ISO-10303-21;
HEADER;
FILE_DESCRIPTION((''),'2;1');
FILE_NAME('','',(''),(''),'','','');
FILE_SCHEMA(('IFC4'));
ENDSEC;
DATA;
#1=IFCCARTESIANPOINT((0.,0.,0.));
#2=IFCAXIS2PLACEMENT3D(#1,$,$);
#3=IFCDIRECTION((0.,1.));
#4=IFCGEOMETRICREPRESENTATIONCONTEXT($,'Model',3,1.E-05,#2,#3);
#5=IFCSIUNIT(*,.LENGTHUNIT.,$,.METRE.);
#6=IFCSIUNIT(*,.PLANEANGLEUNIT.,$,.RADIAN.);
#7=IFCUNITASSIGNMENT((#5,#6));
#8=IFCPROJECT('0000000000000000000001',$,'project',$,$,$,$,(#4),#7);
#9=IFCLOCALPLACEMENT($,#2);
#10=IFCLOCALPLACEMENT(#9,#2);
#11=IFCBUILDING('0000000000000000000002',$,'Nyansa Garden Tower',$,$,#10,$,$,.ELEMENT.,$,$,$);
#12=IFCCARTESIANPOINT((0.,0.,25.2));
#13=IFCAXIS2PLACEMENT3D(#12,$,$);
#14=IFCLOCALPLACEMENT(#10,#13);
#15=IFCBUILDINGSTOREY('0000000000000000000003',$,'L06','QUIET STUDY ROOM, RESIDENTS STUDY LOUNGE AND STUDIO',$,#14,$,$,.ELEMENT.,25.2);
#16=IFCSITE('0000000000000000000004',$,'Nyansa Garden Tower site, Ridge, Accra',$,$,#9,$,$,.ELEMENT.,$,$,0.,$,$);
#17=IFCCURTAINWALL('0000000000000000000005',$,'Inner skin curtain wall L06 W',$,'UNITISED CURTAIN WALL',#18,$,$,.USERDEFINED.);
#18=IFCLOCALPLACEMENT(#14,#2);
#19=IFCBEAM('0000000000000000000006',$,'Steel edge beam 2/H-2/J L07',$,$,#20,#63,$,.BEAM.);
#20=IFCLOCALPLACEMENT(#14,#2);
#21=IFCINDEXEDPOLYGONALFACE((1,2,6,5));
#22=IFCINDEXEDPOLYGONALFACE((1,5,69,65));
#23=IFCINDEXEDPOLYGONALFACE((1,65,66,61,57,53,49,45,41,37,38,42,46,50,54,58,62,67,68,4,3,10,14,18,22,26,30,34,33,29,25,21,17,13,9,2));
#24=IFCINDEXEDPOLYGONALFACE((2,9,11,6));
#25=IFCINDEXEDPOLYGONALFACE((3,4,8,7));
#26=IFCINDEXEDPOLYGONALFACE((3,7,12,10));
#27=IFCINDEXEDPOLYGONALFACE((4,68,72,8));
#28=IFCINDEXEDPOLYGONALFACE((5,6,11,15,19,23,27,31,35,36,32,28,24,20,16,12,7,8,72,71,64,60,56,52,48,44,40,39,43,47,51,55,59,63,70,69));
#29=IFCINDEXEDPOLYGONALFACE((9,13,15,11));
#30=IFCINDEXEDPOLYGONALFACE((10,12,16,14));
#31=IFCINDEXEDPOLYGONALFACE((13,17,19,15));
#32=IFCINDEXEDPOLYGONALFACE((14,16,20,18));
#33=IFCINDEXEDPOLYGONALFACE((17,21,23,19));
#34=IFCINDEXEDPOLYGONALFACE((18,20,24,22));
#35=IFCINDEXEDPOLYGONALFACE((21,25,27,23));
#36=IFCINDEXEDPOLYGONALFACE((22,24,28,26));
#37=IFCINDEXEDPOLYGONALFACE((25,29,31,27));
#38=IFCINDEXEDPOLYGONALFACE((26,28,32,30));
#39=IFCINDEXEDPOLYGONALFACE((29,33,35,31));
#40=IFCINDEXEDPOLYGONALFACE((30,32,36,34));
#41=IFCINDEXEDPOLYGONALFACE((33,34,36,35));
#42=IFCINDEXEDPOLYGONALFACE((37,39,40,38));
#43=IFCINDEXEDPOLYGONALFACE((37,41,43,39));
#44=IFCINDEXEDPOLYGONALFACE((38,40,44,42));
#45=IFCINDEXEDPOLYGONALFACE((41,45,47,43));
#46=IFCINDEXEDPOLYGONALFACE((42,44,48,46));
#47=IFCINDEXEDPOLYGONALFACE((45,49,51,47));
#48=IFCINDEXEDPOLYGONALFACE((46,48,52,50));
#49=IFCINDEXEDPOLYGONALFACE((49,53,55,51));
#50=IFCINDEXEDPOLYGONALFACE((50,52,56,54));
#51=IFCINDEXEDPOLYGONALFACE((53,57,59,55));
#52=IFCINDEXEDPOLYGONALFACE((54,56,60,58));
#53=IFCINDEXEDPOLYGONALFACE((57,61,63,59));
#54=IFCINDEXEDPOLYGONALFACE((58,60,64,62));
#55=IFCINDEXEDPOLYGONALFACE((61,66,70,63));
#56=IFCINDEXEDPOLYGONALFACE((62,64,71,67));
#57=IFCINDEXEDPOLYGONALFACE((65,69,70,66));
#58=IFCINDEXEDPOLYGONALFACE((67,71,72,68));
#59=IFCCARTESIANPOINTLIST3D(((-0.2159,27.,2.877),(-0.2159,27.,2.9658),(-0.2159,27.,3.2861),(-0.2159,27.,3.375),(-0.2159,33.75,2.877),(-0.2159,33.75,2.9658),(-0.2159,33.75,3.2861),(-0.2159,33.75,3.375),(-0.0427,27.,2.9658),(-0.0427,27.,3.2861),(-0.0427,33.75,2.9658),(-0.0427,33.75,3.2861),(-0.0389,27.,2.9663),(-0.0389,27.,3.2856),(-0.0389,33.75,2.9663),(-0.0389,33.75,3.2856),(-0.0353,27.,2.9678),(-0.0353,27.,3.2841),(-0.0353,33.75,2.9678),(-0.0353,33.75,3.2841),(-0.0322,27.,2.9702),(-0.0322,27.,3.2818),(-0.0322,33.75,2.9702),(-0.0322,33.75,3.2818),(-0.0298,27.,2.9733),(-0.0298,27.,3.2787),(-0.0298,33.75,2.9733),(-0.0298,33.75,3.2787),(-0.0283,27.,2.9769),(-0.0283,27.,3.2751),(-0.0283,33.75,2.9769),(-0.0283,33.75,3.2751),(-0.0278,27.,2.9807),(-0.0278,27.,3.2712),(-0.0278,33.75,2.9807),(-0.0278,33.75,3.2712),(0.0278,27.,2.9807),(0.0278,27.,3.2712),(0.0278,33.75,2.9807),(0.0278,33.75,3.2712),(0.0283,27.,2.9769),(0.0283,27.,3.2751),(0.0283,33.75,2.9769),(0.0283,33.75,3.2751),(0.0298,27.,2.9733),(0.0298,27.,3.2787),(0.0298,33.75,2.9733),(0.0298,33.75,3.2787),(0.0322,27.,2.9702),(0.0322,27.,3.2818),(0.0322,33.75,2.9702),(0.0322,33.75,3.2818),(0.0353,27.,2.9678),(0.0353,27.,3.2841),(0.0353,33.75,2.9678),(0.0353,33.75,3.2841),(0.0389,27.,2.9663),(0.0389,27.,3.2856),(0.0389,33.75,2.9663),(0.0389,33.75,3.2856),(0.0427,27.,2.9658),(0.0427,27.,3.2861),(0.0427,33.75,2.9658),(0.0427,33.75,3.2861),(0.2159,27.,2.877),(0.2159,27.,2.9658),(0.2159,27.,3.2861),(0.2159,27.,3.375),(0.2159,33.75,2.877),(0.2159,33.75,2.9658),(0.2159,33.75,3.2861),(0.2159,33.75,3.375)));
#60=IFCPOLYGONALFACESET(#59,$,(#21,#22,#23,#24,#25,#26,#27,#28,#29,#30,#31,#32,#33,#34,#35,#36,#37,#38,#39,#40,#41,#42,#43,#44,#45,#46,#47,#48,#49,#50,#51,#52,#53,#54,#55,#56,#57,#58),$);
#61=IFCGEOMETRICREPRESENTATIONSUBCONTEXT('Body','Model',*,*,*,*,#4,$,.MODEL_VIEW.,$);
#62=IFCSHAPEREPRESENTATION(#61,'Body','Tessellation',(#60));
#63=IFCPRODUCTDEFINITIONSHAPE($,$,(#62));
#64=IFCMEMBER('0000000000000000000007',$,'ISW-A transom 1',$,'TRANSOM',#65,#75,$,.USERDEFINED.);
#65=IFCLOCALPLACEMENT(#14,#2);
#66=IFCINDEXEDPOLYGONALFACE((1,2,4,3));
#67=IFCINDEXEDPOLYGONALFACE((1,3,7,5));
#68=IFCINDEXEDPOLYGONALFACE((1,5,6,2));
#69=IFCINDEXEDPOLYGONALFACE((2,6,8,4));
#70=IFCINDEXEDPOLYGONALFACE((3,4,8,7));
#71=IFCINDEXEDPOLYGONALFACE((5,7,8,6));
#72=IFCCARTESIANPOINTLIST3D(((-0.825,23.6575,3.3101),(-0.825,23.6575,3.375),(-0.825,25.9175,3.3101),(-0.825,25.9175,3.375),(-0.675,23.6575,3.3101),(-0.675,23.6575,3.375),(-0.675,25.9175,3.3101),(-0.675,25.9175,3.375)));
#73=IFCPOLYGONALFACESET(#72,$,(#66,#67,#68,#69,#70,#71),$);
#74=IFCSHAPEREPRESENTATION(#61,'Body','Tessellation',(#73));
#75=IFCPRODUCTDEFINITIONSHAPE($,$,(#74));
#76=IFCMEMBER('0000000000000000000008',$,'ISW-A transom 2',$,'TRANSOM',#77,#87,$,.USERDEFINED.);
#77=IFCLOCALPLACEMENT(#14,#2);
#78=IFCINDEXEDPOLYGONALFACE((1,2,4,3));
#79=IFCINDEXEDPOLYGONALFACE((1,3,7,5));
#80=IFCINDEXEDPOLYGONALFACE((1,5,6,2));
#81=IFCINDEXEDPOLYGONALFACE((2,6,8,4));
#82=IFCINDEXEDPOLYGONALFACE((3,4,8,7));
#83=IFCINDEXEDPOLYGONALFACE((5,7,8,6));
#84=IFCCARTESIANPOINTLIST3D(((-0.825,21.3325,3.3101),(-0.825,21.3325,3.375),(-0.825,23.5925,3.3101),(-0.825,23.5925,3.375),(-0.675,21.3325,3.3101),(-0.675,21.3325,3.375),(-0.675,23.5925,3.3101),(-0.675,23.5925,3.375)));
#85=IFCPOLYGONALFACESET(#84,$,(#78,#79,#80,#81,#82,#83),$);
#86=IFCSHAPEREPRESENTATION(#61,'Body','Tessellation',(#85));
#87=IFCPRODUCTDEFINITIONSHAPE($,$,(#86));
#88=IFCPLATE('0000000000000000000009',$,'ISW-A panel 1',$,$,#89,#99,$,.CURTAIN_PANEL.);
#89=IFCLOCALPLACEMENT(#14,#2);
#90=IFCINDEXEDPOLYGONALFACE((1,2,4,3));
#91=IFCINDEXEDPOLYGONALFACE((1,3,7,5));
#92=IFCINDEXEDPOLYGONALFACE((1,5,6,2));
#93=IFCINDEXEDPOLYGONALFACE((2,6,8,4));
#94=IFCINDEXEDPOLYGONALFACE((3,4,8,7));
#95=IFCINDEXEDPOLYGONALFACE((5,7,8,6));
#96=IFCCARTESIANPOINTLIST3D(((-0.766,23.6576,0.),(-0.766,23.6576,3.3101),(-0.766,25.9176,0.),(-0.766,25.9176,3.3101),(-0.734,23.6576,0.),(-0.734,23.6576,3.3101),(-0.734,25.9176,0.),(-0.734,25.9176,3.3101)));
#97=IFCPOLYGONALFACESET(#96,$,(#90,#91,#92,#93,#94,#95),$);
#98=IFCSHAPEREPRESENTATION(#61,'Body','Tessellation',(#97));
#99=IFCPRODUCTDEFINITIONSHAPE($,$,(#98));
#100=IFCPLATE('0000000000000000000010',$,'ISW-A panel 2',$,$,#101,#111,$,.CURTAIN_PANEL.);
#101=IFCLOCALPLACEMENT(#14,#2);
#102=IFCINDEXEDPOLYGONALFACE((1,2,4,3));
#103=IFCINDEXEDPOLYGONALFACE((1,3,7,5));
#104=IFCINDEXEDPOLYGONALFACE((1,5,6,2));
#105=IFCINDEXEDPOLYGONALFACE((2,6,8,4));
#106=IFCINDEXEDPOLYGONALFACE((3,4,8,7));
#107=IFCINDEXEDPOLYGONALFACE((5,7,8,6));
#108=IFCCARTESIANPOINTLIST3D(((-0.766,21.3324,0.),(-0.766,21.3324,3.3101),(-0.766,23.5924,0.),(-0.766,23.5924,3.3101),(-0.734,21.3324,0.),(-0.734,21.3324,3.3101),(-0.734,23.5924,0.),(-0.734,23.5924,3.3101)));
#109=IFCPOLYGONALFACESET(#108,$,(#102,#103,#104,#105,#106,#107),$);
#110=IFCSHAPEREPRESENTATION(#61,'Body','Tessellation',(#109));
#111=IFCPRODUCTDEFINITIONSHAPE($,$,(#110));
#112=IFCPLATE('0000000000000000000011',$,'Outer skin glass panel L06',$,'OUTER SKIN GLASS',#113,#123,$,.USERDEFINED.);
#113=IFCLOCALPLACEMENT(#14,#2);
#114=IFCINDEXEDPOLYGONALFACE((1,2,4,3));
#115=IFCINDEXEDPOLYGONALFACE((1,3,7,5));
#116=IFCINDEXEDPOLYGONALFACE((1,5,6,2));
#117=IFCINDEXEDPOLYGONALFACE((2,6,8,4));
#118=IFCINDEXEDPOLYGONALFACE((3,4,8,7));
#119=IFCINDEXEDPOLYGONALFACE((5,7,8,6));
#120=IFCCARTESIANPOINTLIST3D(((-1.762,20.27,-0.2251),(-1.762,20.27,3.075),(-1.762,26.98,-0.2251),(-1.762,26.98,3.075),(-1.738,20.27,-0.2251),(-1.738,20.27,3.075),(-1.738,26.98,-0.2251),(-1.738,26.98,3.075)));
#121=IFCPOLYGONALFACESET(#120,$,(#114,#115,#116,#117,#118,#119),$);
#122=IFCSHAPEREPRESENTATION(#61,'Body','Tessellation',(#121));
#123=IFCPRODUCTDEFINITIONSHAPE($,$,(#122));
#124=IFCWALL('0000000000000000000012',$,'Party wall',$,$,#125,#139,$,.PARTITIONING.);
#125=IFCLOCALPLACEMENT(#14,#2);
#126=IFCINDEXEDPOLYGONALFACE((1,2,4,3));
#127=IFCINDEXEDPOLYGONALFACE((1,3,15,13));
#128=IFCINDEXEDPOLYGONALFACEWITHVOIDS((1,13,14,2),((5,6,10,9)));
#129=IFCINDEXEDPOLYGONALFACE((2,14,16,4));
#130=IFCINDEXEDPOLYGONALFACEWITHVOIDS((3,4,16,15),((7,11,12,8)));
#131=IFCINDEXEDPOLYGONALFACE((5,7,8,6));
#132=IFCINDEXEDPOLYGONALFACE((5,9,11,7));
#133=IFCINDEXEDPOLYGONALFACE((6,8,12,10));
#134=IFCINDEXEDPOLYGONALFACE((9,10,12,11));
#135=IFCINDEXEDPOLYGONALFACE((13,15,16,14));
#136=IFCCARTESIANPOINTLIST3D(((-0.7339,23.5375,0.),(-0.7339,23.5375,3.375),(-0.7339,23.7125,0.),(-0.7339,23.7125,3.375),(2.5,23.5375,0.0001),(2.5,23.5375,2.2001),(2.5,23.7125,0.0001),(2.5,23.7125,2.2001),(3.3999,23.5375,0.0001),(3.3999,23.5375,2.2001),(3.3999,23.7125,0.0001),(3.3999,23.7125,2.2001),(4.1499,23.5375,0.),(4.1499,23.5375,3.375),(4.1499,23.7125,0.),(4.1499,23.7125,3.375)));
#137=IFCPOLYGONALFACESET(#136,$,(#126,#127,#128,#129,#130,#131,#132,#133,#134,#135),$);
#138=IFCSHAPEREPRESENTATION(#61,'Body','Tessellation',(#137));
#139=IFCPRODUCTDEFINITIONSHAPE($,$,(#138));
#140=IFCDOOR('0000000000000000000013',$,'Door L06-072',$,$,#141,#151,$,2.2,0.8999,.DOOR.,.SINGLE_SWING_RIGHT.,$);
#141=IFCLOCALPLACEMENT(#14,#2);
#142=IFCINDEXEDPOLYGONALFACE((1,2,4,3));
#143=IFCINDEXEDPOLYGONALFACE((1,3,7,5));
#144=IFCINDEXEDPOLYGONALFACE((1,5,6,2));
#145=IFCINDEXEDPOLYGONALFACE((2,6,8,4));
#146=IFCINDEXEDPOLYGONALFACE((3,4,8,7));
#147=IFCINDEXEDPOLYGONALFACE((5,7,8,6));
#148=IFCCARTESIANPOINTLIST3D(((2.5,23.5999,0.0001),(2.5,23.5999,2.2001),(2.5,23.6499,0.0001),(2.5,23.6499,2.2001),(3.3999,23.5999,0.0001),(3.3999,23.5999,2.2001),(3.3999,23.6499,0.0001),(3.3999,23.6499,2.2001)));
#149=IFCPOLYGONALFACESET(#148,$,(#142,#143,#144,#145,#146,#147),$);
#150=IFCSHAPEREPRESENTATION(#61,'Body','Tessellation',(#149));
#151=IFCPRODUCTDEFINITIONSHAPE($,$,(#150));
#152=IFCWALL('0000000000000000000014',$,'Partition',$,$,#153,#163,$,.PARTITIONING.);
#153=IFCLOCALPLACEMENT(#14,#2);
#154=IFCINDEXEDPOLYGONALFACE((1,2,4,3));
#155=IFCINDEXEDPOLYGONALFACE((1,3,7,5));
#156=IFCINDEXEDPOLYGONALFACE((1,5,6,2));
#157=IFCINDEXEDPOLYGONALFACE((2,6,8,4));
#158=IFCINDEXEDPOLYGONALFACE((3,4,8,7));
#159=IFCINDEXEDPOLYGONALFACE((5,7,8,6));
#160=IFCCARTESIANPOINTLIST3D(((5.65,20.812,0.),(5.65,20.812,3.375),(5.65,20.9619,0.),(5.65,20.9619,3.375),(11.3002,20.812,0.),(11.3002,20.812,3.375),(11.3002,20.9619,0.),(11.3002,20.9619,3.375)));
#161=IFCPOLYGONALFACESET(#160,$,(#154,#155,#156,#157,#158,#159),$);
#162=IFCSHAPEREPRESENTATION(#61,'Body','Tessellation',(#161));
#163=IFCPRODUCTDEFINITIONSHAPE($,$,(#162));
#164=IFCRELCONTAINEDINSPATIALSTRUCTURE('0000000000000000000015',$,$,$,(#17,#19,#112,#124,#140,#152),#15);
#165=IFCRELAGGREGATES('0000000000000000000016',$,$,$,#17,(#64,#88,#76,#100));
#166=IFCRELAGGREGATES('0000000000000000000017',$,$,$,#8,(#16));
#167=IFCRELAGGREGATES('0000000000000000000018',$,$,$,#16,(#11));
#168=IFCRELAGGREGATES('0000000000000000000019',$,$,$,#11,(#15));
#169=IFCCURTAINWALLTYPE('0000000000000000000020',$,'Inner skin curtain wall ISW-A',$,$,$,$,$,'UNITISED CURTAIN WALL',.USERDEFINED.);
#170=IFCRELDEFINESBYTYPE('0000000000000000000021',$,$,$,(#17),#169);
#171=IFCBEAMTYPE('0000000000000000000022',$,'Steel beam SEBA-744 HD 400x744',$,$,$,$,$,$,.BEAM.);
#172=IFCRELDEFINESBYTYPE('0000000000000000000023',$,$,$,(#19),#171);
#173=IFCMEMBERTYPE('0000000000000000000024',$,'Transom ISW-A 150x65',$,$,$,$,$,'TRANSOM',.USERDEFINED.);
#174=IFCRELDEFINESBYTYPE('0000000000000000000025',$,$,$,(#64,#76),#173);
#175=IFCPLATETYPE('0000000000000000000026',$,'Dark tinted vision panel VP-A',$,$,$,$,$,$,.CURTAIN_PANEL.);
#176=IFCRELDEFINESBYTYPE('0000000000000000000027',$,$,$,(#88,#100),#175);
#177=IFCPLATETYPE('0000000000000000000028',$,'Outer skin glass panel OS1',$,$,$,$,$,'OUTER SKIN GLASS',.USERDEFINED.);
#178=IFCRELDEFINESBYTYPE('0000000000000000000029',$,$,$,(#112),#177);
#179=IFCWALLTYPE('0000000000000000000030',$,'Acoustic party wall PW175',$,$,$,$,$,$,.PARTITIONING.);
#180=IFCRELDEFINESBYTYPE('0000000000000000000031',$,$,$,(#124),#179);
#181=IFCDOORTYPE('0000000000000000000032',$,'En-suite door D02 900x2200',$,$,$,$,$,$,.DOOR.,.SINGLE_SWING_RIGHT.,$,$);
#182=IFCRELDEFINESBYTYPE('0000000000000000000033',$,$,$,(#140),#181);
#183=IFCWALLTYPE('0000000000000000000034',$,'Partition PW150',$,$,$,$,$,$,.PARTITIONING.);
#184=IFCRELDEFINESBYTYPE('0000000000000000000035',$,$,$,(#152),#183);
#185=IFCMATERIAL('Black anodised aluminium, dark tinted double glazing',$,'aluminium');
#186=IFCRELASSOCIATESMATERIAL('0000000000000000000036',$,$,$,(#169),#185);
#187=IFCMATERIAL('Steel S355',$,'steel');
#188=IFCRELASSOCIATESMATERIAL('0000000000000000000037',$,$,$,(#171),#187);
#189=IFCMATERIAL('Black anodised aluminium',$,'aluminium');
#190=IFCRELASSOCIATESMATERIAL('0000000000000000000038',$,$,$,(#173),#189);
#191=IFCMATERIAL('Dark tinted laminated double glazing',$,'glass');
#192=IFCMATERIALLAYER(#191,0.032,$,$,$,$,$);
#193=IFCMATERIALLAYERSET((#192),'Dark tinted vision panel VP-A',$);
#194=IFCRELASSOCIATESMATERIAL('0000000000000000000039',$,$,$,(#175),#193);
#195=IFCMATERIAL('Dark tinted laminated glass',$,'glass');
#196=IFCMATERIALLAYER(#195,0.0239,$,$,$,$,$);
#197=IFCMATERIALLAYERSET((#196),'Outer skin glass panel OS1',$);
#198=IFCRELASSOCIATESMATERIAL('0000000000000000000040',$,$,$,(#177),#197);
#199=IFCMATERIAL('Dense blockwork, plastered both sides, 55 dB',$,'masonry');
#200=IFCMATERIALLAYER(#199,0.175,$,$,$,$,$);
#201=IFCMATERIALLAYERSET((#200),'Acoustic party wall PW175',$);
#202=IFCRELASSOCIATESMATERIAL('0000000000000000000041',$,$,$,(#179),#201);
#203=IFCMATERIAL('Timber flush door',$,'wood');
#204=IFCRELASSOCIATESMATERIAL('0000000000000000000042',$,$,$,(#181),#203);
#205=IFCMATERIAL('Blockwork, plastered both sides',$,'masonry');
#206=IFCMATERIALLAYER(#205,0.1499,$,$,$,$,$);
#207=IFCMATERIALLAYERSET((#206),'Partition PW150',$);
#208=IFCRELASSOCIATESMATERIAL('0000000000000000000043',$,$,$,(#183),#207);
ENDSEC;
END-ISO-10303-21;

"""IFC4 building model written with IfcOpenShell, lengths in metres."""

from ifc_helpers import new_model, si_unit, direction, frame, frame_2d, origin, origin_2d, place, context, subcontext, project, spatial, rectangle, i_section, extrude, material, layer, layer_set, material_profile, profile_set, type_object, element, fill, aggregate, save


model = new_model("IFC4")

# Units and contexts
model_context = context("Model", 3, precision=1e-05, world=origin(), true_north=direction((0.0, 1.0)))
body_context = subcontext(model_context, "Body", "Model", "MODEL_VIEW")
ifc_project = project(units=[si_unit("LENGTHUNIT", "METRE"), si_unit("PLANEANGLEUNIT", "RADIAN")], contexts=[model_context])

# Site, building, storey
site_placement = place(None, origin())
site = spatial("IfcSite", under=ifc_project, at=site_placement, Name="Nyansa Garden Tower site, Ridge, Accra", CompositionType="ELEMENT", RefElevation=0.0)
building_placement = place(site_placement, origin())
building = spatial("IfcBuilding", under=site, at=building_placement, Name="Nyansa Garden Tower", CompositionType="ELEMENT")
storey_placement = place(building_placement, frame((0.0, 0.0, 25.2)))
storey = spatial("IfcBuildingStorey", under=building, at=storey_placement, Name="L06", Description="QUIET STUDY ROOM, RESIDENTS STUDY LOUNGE AND STUDIO", CompositionType="ELEMENT", Elevation=25.2)

# Curtain wall
ifc_material_1 = material(Name="Black anodised aluminium, dark tinted double glazing", Category="aluminium")
curtain_wall_type = type_object("IfcCurtainWallType", Name="Inner skin curtain wall ISW-A", ElementType="UNITISED CURTAIN WALL", PredefinedType="USERDEFINED", material=ifc_material_1)
curtain_wall_placement = place(storey_placement, origin())
curtain_wall = element("IfcCurtainWall", 1, at=curtain_wall_placement, inside=storey, type_object=curtain_wall_type, Name="Inner skin curtain wall L06 W", ObjectType="UNITISED CURTAIN WALL", PredefinedType="USERDEFINED")

# Beam
ifc_material_2 = material(Name="Steel S355", Category="steel")
ifc_material_profile_1 = material_profile(ifc_material_2, i_section(OverallWidth=0.4319, OverallDepth=0.498, WebThickness=0.0557, FlangeThickness=0.0889, FilletRadius=0.0149, at=origin_2d()), Name="HD 400x744")
ifc_profile_set_1 = profile_set([ifc_material_profile_1], Name="Steel S355")
beam_type_1 = type_object("IfcBeamType", Name="Steel beam SEBA-744 HD 400x744", PredefinedType="BEAM", material=ifc_profile_set_1)
beam_1_placement = place(storey_placement, frame((0.0, 27.0, 3.126), z_axis=(0.0, 1.0, 0.0), x_axis=(-1.0, 0.0, 0.0)))
element("IfcBeam", 2, at=beam_1_placement, inside=storey, type_object=beam_type_1, Name="Steel edge beam 2/H-2/J L07", PredefinedType="BEAM", context=body_context, shape_type="SweptSolid", body=[
    extrude(i_section(OverallWidth=0.4319, OverallDepth=0.498, WebThickness=0.0557, FlangeThickness=0.0889, FilletRadius=0.0149, at=origin_2d()), origin(), (0.0, 0.0, 1.0), 6.75),
])

# Members
ifc_material_3 = material(Name="Black anodised aluminium", Category="aluminium")
ifc_material_profile_2 = material_profile(ifc_material_3, rectangle(XDim=0.1499, YDim=0.0649, at=origin_2d()), Name="Transom 150x65")
ifc_profile_set_2 = profile_set([ifc_material_profile_2], Name="Black anodised aluminium")
member_type_1 = type_object("IfcMemberType", Name="Transom ISW-A 150x65", ElementType="TRANSOM", PredefinedType="USERDEFINED", material=ifc_profile_set_2)
member_1_placement = place(storey_placement, frame((-0.75, 25.9175, 3.3425), z_axis=(0.0, -1.0, 0.0), x_axis=(1.0, 0.0, 0.0)))
member_1 = element("IfcMember", 3, at=member_1_placement, type_object=member_type_1, Name="ISW-A transom 1", ObjectType="TRANSOM", PredefinedType="USERDEFINED", context=body_context, shape_type="SweptSolid", body=[
    extrude(rectangle(XDim=0.1499, YDim=0.0649, at=origin_2d()), origin(), (0.0, 0.0, 1.0), 2.26),
])
member_2_placement = place(storey_placement, frame((-0.75, 23.5925, 3.3425), z_axis=(0.0, -1.0, 0.0), x_axis=(1.0, 0.0, 0.0)))
member_2 = element("IfcMember", 4, at=member_2_placement, type_object=member_type_1, Name="ISW-A transom 2", ObjectType="TRANSOM", PredefinedType="USERDEFINED", context=body_context, shape_type="SweptSolid", body=[
    extrude(rectangle(XDim=0.1499, YDim=0.0649, at=origin_2d()), origin(), (0.0, 0.0, 1.0), 2.26),
])

# Plates
ifc_material_4 = material(Name="Dark tinted laminated double glazing", Category="glass")
ifc_layer_1 = layer(ifc_material_4, 0.032)
ifc_layer_set_1 = layer_set([ifc_layer_1], Name="Dark tinted vision panel VP-A")
plate_type_1 = type_object("IfcPlateType", Name="Dark tinted vision panel VP-A", PredefinedType="CURTAIN_PANEL", material=ifc_layer_set_1)
plate_1_placement = place(storey_placement, frame((-0.75, 24.7876, 0.0), z_axis=(0.0, 0.0, 1.0), x_axis=(0.0, -1.0, 0.0)))
plate_1 = element("IfcPlate", 5, at=plate_1_placement, type_object=plate_type_1, Name="ISW-A panel 1", PredefinedType="CURTAIN_PANEL", context=body_context, shape_type="SweptSolid", body=[
    extrude(rectangle(XDim=2.26, YDim=0.032, at=origin_2d()), origin(), (0.0, 0.0, 1.0), 3.3101),
])
plate_2_placement = place(storey_placement, frame((-0.75, 22.4624, 0.0), z_axis=(0.0, 0.0, 1.0), x_axis=(0.0, -1.0, 0.0)))
plate_2 = element("IfcPlate", 6, at=plate_2_placement, type_object=plate_type_1, Name="ISW-A panel 2", PredefinedType="CURTAIN_PANEL", context=body_context, shape_type="SweptSolid", body=[
    extrude(rectangle(XDim=2.26, YDim=0.032, at=origin_2d()), origin(), (0.0, 0.0, 1.0), 3.3101),
])
aggregate(curtain_wall, [member_1, plate_1, member_2, plate_2])
ifc_material_5 = material(Name="Dark tinted laminated glass", Category="glass")
ifc_layer_2 = layer(ifc_material_5, 0.0239)
ifc_layer_set_2 = layer_set([ifc_layer_2], Name="Outer skin glass panel OS1")
plate_type_2 = type_object("IfcPlateType", Name="Outer skin glass panel OS1", ElementType="OUTER SKIN GLASS", PredefinedType="USERDEFINED", material=ifc_layer_set_2)
plate_3_placement = place(storey_placement, frame((-1.75, 23.625, -0.2251), z_axis=(0.0, 0.0, 1.0), x_axis=(0.0, 1.0, 0.0)))
element("IfcPlate", 7, at=plate_3_placement, inside=storey, type_object=plate_type_2, Name="Outer skin glass panel L06", ObjectType="OUTER SKIN GLASS", PredefinedType="USERDEFINED", context=body_context, shape_type="SweptSolid", body=[
    extrude(rectangle(XDim=6.71, YDim=0.0239, at=origin_2d()), origin(), (0.0, 0.0, 1.0), 3.3),
])

# Wall, opening, door
ifc_material_6 = material(Name="Dense blockwork, plastered both sides, 55 dB", Category="masonry")
ifc_layer_3 = layer(ifc_material_6, 0.175)
ifc_layer_set_3 = layer_set([ifc_layer_3], Name="Acoustic party wall PW175")
wall_type_1 = type_object("IfcWallType", Name="Acoustic party wall PW175", PredefinedType="PARTITIONING", material=ifc_layer_set_3)
wall_1_placement = place(storey_placement, frame((-0.7339, 23.625, 0.0), z_axis=(0.0, 0.0, 1.0), x_axis=(1.0, 0.0, 0.0)))
wall_1 = element("IfcWall", 8, at=wall_1_placement, inside=storey, type_object=wall_type_1, Name="Party wall", PredefinedType="PARTITIONING", context=body_context, shape_type="SweptSolid", body=[
    extrude(rectangle(XDim=4.8838, YDim=0.175, at=frame_2d((2.4419, 0.0))), origin(), (0.0, 0.0, 1.0), 3.375),
])
opening_1_placement = place(wall_1_placement, frame((3.2339, 0.0, 0.0)))
opening_1 = element("IfcOpeningElement", 9, at=opening_1_placement, cuts=wall_1, PredefinedType="OPENING", context=body_context, shape_type="SweptSolid", body=[
    extrude(rectangle(XDim=0.8999, YDim=2.2, at=frame_2d((0.45, 1.1001))), frame((0.0, 0.0974, 0.0), z_axis=(0.0, -1.0, 0.0), x_axis=(1.0, 0.0, 0.0)), (0.0, 0.0, 1.0), 0.1951),
])
ifc_material_7 = material(Name="Timber flush door", Category="wood")
door_type_1 = type_object("IfcDoorType", Name="En-suite door D02 900x2200", OperationType="SINGLE_SWING_RIGHT", PredefinedType="DOOR", material=ifc_material_7)
door_1_placement = place(opening_1_placement, origin())
door_1 = element("IfcDoor", 10, at=door_1_placement, inside=storey, type_object=door_type_1, Name="Door L06-072", OperationType="SINGLE_SWING_RIGHT", OverallHeight=2.2, OverallWidth=0.8999, PredefinedType="DOOR", context=body_context, shape_type="SweptSolid", body=[
    extrude(rectangle(XDim=0.8999, YDim=2.2, at=frame_2d((0.45, 1.1001))), frame((0.0, 0.0249, 0.0), z_axis=(0.0, -1.0, 0.0), x_axis=(1.0, 0.0, 0.0)), (0.0, 0.0, 1.0), 0.05),
])
fill(opening_1, door_1)

# Wall
ifc_material_8 = material(Name="Blockwork, plastered both sides", Category="masonry")
ifc_layer_4 = layer(ifc_material_8, 0.1499)
ifc_layer_set_4 = layer_set([ifc_layer_4], Name="Partition PW150")
wall_type_2 = type_object("IfcWallType", Name="Partition PW150", PredefinedType="PARTITIONING", material=ifc_layer_set_4)
wall_2_placement = place(storey_placement, frame((5.6499, 20.887, 0.0), z_axis=(0.0, 0.0, 1.0), x_axis=(1.0, 0.0, 0.0)))
element("IfcWall", 11, at=wall_2_placement, inside=storey, type_object=wall_type_2, Name="Partition", PredefinedType="PARTITIONING", context=body_context, shape_type="SweptSolid", body=[
    extrude(rectangle(XDim=5.6501, YDim=0.1499, at=frame_2d((2.8252, 0.0))), origin(), (0.0, 0.0, 1.0), 3.375),
])

save(model, "model.ifc")
